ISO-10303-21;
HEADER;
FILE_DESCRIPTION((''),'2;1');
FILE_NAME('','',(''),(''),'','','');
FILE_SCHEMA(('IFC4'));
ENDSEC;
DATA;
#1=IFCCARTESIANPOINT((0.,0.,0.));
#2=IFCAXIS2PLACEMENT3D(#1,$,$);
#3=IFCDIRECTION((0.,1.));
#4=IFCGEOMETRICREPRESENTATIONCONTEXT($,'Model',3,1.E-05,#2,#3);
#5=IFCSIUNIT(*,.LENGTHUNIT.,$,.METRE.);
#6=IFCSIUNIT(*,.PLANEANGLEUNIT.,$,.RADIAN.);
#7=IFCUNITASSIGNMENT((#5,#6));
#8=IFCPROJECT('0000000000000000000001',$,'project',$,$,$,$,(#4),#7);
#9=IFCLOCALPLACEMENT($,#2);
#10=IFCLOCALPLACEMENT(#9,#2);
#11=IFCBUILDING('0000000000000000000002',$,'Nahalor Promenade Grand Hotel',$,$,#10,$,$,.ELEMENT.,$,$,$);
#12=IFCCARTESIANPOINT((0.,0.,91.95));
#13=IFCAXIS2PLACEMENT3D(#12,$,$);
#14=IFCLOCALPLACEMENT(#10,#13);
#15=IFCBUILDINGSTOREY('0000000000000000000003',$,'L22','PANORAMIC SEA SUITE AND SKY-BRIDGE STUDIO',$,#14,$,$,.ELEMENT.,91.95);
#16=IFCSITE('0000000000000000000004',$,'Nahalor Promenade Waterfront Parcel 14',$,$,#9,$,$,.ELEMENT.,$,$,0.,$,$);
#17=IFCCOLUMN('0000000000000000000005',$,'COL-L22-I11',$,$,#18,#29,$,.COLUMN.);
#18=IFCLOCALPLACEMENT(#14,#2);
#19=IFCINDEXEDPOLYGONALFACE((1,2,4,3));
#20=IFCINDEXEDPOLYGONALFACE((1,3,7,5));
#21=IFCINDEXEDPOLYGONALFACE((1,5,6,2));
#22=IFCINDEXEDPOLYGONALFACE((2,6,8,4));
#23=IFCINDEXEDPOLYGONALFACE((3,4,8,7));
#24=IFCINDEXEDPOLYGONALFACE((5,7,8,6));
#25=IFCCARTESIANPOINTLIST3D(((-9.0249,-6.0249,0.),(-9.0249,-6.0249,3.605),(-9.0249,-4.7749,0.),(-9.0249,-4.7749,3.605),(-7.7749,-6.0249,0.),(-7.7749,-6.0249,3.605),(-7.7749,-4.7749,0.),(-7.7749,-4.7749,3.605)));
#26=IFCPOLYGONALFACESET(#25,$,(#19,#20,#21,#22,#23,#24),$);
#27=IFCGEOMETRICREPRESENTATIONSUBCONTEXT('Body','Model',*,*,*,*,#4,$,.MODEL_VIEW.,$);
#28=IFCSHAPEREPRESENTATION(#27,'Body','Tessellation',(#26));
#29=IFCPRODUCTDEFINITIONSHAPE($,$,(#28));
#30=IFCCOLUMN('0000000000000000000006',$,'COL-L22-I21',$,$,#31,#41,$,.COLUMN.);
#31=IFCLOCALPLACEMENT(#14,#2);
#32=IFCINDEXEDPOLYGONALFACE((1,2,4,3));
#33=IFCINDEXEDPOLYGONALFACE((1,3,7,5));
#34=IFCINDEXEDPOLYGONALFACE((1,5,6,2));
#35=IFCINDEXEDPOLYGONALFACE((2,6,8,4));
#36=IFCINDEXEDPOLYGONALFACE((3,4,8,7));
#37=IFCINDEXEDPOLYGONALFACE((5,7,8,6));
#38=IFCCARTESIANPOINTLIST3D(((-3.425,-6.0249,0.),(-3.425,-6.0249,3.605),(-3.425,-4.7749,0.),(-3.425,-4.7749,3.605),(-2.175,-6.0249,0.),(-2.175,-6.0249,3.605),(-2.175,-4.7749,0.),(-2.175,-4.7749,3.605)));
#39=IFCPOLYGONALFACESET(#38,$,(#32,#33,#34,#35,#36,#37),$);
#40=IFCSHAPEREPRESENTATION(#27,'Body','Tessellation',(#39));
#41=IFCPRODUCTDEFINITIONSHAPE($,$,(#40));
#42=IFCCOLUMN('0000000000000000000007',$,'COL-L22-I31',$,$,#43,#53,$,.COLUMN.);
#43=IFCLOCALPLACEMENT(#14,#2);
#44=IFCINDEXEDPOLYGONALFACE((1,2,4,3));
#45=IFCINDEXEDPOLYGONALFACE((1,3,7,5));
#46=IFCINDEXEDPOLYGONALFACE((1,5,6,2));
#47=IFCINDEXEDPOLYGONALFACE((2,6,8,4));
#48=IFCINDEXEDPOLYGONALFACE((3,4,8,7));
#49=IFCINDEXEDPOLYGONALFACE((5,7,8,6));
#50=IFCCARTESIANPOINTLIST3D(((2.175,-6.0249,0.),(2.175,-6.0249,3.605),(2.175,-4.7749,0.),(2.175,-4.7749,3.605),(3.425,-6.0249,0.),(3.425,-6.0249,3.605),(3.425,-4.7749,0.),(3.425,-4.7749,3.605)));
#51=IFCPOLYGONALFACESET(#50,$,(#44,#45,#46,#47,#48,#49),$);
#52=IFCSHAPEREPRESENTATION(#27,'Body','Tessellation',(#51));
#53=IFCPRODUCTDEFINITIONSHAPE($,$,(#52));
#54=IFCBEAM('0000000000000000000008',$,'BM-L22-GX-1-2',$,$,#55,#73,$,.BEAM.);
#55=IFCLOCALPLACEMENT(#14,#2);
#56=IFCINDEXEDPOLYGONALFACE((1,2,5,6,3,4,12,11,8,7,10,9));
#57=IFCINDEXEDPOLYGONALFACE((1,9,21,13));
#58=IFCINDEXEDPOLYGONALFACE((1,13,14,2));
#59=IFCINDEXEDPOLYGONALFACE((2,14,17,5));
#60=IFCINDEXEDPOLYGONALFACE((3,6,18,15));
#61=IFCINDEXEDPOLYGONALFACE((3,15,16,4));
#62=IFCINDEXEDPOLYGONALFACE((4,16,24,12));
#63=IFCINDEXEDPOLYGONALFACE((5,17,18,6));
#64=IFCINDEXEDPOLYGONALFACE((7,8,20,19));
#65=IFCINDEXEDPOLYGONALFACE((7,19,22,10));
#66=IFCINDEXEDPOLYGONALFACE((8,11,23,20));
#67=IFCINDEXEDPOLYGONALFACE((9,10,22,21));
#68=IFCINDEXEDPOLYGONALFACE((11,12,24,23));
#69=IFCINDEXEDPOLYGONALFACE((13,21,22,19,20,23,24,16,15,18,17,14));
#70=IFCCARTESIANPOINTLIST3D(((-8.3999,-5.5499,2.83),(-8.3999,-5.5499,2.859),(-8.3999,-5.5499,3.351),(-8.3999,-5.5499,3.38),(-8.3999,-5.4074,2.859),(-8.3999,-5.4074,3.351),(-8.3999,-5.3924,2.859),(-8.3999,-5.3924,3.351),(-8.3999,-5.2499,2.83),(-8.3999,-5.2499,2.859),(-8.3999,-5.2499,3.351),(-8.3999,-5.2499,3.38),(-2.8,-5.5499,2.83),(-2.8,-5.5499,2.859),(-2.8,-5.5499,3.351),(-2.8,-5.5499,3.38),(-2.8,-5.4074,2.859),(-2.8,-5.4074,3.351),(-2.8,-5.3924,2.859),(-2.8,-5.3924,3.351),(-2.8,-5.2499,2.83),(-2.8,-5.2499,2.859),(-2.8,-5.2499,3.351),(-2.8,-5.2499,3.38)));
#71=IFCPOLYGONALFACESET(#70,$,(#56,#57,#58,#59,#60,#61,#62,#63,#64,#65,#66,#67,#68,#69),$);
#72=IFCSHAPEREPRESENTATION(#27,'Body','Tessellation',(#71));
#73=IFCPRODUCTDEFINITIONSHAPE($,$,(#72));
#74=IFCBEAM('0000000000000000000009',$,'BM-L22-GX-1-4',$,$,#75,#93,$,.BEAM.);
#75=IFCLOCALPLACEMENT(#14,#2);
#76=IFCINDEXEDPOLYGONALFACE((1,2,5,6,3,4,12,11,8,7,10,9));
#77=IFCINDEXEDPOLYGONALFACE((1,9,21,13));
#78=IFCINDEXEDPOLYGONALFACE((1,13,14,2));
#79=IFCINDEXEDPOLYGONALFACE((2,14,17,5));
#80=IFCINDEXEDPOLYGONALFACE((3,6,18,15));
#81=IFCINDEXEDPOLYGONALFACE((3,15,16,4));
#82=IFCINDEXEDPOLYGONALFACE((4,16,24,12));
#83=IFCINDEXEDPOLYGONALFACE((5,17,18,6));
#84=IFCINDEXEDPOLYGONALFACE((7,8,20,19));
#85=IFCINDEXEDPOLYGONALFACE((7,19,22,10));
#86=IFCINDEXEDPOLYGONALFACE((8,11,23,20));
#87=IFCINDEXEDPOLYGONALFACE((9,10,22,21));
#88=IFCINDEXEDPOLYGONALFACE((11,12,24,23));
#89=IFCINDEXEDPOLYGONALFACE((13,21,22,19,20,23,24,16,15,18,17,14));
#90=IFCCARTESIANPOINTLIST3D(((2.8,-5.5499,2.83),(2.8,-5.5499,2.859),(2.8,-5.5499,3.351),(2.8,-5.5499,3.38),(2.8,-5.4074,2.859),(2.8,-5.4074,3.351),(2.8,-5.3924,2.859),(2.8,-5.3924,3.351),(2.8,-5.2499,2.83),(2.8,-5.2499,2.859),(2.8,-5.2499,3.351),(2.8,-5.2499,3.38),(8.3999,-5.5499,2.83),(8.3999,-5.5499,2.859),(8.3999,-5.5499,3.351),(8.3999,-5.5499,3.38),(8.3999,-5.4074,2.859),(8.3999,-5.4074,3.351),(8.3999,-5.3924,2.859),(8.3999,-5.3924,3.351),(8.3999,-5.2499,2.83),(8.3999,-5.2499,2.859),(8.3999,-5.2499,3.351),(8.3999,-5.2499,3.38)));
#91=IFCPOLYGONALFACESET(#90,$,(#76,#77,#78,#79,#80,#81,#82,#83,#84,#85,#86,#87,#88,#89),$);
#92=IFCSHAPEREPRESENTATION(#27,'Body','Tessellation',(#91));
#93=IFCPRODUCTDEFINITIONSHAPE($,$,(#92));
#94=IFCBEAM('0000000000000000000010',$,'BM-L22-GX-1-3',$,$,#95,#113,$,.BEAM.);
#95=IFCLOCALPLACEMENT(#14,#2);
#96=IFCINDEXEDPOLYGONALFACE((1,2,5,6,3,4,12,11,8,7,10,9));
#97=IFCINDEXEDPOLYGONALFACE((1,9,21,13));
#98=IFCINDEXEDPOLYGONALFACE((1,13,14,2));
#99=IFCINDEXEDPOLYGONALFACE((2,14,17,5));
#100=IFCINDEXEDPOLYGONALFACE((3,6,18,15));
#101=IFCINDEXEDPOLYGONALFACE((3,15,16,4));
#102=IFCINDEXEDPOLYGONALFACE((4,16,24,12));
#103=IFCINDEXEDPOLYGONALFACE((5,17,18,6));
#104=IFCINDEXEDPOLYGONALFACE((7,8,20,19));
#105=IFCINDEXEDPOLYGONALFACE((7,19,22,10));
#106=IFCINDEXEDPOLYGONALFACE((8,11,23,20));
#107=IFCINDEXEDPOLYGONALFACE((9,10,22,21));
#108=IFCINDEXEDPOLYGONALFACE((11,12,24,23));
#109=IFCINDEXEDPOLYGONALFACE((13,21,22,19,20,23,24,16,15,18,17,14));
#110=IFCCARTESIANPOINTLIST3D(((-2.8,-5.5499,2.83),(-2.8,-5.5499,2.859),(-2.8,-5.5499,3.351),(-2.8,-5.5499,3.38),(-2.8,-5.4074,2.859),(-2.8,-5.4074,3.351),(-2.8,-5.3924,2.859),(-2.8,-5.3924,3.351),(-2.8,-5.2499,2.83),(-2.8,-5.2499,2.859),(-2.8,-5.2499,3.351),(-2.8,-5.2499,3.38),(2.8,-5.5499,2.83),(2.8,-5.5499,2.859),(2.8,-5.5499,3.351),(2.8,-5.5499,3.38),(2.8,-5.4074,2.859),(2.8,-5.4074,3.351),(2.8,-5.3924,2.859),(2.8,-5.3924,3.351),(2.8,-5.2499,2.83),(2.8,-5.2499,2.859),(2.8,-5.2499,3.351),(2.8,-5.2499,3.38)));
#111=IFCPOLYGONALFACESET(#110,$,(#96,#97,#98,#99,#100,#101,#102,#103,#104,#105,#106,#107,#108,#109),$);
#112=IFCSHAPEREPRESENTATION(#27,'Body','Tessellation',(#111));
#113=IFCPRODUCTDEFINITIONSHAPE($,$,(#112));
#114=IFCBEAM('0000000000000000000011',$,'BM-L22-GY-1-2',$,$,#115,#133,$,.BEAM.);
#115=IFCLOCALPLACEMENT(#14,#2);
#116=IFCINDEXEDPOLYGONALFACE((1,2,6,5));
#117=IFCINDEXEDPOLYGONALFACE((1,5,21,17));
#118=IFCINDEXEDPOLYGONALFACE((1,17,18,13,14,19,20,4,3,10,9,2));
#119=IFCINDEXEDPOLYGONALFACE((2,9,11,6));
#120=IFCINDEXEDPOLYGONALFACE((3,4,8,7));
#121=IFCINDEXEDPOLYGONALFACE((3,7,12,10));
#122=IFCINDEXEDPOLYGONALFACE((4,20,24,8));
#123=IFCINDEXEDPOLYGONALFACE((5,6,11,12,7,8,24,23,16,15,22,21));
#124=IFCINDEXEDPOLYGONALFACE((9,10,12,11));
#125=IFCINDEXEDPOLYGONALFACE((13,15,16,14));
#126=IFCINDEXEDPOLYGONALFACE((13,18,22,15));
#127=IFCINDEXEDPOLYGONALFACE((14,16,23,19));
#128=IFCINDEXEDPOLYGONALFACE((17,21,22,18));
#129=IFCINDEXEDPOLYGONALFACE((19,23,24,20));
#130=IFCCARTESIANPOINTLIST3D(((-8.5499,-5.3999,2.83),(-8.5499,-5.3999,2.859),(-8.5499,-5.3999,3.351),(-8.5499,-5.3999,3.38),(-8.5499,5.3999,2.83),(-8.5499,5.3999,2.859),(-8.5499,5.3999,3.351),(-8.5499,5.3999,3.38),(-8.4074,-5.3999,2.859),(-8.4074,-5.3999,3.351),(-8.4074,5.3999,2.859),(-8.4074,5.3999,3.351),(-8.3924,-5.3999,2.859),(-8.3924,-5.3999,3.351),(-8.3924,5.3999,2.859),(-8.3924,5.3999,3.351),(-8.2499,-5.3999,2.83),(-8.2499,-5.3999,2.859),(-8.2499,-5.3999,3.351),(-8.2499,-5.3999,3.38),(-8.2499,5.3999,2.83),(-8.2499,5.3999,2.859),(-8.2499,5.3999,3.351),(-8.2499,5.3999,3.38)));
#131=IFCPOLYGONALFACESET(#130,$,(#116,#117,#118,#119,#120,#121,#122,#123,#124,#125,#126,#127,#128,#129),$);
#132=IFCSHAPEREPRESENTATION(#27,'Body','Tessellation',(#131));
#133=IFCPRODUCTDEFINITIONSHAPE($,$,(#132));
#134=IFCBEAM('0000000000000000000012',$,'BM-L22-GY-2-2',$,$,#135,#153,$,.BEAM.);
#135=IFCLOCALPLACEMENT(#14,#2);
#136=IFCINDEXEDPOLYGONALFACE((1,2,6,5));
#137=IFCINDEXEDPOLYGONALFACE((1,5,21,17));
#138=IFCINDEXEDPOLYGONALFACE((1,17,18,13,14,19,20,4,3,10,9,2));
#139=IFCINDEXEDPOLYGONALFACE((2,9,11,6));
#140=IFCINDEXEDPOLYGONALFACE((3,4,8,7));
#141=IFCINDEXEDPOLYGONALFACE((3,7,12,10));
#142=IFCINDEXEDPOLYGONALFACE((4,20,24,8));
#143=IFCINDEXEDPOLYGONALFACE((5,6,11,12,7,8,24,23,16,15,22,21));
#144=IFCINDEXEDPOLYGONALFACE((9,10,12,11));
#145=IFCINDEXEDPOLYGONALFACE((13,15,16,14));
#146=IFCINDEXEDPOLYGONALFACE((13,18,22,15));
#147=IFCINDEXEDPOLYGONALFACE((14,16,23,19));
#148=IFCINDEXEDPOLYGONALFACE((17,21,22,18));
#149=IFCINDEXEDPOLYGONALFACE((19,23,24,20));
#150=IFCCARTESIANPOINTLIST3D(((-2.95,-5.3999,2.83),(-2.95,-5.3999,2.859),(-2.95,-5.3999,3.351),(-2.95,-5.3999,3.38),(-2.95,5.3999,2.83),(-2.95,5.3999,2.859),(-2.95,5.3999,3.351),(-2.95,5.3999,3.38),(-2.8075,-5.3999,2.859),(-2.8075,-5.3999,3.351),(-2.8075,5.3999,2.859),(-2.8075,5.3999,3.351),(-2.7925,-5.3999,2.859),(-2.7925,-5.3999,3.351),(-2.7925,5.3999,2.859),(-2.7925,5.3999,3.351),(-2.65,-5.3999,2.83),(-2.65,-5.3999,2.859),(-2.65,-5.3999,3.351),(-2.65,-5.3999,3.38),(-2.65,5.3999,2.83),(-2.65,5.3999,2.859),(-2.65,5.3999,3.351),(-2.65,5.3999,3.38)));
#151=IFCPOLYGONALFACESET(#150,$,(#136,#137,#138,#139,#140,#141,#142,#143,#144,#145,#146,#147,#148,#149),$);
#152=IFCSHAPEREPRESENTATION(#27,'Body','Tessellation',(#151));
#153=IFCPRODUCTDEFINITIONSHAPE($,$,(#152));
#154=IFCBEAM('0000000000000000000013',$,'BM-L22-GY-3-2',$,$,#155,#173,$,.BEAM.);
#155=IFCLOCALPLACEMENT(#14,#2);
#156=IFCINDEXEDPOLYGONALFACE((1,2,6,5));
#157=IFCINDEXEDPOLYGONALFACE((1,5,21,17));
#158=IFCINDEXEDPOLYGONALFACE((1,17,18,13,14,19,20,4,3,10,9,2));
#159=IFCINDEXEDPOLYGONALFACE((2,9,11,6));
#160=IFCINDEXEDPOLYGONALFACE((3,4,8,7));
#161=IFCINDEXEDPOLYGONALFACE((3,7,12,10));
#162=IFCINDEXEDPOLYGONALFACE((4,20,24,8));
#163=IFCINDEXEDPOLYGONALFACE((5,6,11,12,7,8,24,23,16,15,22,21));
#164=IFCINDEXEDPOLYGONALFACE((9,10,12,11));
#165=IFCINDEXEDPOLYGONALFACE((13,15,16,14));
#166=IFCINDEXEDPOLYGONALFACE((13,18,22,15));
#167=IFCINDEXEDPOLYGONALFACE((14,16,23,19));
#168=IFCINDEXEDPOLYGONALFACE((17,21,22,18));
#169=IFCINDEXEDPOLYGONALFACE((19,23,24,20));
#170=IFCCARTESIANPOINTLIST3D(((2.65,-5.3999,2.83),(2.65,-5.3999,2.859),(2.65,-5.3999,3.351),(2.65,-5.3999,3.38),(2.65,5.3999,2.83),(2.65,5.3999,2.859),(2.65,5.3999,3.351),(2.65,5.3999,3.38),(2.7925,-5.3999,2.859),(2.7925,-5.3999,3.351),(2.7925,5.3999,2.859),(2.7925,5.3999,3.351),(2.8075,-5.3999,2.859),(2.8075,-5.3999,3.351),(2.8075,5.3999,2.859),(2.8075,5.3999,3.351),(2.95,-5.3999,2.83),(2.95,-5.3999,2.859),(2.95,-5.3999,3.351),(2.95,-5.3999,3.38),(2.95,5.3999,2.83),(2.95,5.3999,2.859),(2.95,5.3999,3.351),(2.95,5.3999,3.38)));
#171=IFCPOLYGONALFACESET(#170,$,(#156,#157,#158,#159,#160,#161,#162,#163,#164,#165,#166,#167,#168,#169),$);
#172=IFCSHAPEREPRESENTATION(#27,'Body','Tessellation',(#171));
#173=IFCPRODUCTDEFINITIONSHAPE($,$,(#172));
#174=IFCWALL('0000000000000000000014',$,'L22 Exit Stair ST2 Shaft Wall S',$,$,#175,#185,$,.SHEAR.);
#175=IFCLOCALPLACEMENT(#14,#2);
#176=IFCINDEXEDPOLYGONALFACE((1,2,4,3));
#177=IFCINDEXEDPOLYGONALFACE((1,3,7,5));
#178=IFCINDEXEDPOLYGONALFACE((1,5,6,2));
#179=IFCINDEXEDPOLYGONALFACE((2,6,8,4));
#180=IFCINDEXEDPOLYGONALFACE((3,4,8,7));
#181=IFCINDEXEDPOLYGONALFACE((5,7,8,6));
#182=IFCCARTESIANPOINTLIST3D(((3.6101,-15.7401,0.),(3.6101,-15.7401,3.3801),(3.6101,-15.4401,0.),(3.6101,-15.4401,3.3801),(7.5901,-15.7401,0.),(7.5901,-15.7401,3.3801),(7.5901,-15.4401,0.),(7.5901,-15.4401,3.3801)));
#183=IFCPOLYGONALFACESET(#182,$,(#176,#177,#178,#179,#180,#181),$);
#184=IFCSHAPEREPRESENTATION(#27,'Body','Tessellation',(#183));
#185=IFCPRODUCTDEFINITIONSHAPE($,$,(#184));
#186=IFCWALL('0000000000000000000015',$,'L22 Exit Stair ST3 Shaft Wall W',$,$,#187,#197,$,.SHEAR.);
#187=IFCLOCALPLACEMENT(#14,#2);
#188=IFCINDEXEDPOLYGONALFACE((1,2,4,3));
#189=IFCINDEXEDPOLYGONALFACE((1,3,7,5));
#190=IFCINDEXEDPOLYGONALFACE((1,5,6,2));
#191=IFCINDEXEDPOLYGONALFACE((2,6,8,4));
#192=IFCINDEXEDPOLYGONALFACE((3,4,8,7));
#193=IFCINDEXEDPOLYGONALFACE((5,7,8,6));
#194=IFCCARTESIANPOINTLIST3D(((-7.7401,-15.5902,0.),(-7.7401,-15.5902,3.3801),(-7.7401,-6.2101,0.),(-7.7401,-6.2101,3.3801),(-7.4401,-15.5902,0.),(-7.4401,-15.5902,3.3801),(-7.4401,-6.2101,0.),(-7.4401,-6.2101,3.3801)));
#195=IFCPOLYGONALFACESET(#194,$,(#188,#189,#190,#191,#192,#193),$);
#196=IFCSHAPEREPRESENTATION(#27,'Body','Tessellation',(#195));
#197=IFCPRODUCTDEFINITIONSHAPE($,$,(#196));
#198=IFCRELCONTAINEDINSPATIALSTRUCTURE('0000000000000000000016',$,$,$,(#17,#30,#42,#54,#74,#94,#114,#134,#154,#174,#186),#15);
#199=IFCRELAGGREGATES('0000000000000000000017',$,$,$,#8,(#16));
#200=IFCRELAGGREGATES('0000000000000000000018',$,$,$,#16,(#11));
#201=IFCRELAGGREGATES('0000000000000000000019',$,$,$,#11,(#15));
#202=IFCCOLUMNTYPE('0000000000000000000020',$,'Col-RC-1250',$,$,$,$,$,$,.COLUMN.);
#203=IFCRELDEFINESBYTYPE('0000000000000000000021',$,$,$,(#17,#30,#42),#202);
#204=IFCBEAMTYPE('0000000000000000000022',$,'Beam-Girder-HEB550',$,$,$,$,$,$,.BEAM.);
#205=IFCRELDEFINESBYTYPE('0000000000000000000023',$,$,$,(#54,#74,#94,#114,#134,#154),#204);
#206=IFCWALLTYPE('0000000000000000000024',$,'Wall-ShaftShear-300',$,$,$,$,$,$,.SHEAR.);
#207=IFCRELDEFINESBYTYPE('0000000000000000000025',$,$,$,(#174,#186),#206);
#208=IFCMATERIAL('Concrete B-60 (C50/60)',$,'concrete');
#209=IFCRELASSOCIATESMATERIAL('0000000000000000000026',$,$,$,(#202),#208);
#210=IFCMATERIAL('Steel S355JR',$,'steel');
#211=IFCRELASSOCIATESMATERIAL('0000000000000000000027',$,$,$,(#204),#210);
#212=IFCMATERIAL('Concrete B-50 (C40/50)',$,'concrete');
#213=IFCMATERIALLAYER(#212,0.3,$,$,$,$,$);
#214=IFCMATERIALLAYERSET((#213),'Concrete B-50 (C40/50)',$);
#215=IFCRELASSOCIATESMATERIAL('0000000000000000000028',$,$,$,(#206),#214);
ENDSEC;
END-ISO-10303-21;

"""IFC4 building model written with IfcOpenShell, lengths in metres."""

from ifc_helpers import new_model, si_unit, direction, frame, frame_2d, origin, origin_2d, place, context, subcontext, project, spatial, rectangle, i_section, extrude, source, transform, mapped, material, layer, layer_set, material_profile, profile_set, type_object, element, save


model = new_model("IFC4")

# Units and contexts
model_context = context("Model", 3, precision=1e-05, world=origin(), true_north=direction((0.0, 1.0)))
body_context = subcontext(model_context, "Body", "Model", "MODEL_VIEW")
ifc_project = project(units=[si_unit("LENGTHUNIT", "METRE"), si_unit("PLANEANGLEUNIT", "RADIAN")], contexts=[model_context])

# Site, building, storey
site_placement = place(None, origin())
site = spatial("IfcSite", under=ifc_project, at=site_placement, Name="Nahalor Promenade Waterfront Parcel 14", CompositionType="ELEMENT", RefElevation=0.0)
building_placement = place(site_placement, origin())
building = spatial("IfcBuilding", under=site, at=building_placement, Name="Nahalor Promenade Grand Hotel", CompositionType="ELEMENT")
storey_placement = place(building_placement, frame((0.0, 0.0, 91.95)))
storey = spatial("IfcBuildingStorey", under=building, at=storey_placement, Name="L22", Description="PANORAMIC SEA SUITE AND SKY-BRIDGE STUDIO", CompositionType="ELEMENT", Elevation=91.95)

# Columns
ifc_material_1 = material(Name="Concrete B-60 (C50/60)", Category="concrete")
ifc_material_profile_1 = material_profile(ifc_material_1, rectangle(XDim=1.25, YDim=1.25, at=origin_2d()), Name="RC 1250x1250")
ifc_profile_set_1 = profile_set([ifc_material_profile_1], Name="Concrete B-60 (C50/60)")
column_type = type_object("IfcColumnType", Name="Col-RC-1250", PredefinedType="COLUMN", material=ifc_profile_set_1)
shared_shape_1 = source(origin(), body_context, "Body", "SweptSolid", [
    extrude(rectangle(XDim=1.25, YDim=1.25, at=origin_2d()), origin(), (0.0, 0.0, 1.0), 3.605),
])
for number, where, z_axis, x_axis, name in (
    (1, (-8.3999, -5.3999, 0.0), (0.0, 0.0, 1.0), (1.0, 0.0, 0.0), "COL-L22-I11"),
    (2, (-2.8, -5.3999, 0.0), (0.0, 0.0, 1.0), (1.0, 0.0, 0.0), "COL-L22-I21"),
    (3, (2.8, -5.3999, 0.0), (0.0, 0.0, 1.0), (1.0, 0.0, 0.0), "COL-L22-I31"),
):
    element("IfcColumn", number, at=place(storey_placement, frame(where, z_axis=z_axis, x_axis=x_axis)), inside=storey, type_object=column_type, Name=name, PredefinedType="COLUMN", context=body_context, shape_type="MappedRepresentation", body=[
        mapped(shared_shape_1, transform((0.0, 0.0, 0.0), scale=1.0)),
    ])

# Beams
ifc_material_2 = material(Name="Steel S355JR", Category="steel")
ifc_material_profile_2 = material_profile(ifc_material_2, i_section(OverallWidth=0.3, OverallDepth=0.55, WebThickness=0.015, FlangeThickness=0.029, at=origin_2d()), Name="HEB 550")
ifc_profile_set_2 = profile_set([ifc_material_profile_2], Name="Steel S355JR")
beam_type = type_object("IfcBeamType", Name="Beam-Girder-HEB550", PredefinedType="BEAM", material=ifc_profile_set_2)
shared_shape_2 = source(origin(), body_context, "Body", "SweptSolid", [
    extrude(i_section(OverallWidth=0.3, OverallDepth=0.55, WebThickness=0.015, FlangeThickness=0.029, at=origin_2d()), origin(), (0.0, 0.0, 1.0), 5.5999),
])
for number, where, z_axis, x_axis, name in (
    (4, (-8.3999, -5.3999, 3.105), (1.0, 0.0, 0.0), (0.0, 1.0, 0.0), "BM-L22-GX-1-2"),
    (5, (2.8, -5.3999, 3.105), (1.0, 0.0, 0.0), (0.0, 1.0, 0.0), "BM-L22-GX-1-4"),
):
    element("IfcBeam", number, at=place(storey_placement, frame(where, z_axis=z_axis, x_axis=x_axis)), inside=storey, type_object=beam_type, Name=name, PredefinedType="BEAM", context=body_context, shape_type="MappedRepresentation", body=[
        mapped(shared_shape_2, transform((0.0, 0.0, 0.0), scale=1.0)),
    ])
shared_shape_3 = source(origin(), body_context, "Body", "SweptSolid", [
    extrude(i_section(OverallWidth=0.3, OverallDepth=0.55, WebThickness=0.015, FlangeThickness=0.029, at=origin_2d()), origin(), (0.0, 0.0, 1.0), 5.6001),
])
beam_placement = place(storey_placement, frame((-2.8, -5.3999, 3.105), z_axis=(1.0, 0.0, 0.0), x_axis=(0.0, 1.0, 0.0)))
element("IfcBeam", 6, at=beam_placement, inside=storey, type_object=beam_type, Name="BM-L22-GX-1-3", PredefinedType="BEAM", context=body_context, shape_type="MappedRepresentation", body=[
    mapped(shared_shape_3, transform((0.0, 0.0, 0.0), scale=1.0)),
])
shared_shape_4 = source(origin(), body_context, "Body", "SweptSolid", [
    extrude(i_section(OverallWidth=0.3, OverallDepth=0.55, WebThickness=0.015, FlangeThickness=0.029, at=origin_2d()), origin(), (0.0, 0.0, 1.0), 10.7998),
])
for number, where, z_axis, x_axis, name in (
    (7, (-8.3999, -5.3999, 3.105), (0.0, 1.0, 0.0), (-1.0, 0.0, 0.0), "BM-L22-GY-1-2"),
    (8, (-2.8, -5.3999, 3.105), (0.0, 1.0, 0.0), (-1.0, 0.0, 0.0), "BM-L22-GY-2-2"),
    (9, (2.8, -5.3999, 3.105), (0.0, 1.0, 0.0), (-1.0, 0.0, 0.0), "BM-L22-GY-3-2"),
):
    element("IfcBeam", number, at=place(storey_placement, frame(where, z_axis=z_axis, x_axis=x_axis)), inside=storey, type_object=beam_type, Name=name, PredefinedType="BEAM", context=body_context, shape_type="MappedRepresentation", body=[
        mapped(shared_shape_4, transform((0.0, 0.0, 0.0), scale=1.0)),
    ])

# Wall
ifc_material_3 = material(Name="Concrete B-50 (C40/50)", Category="concrete")
ifc_layer_1 = layer(ifc_material_3, 0.3)
ifc_layer_set_1 = layer_set([ifc_layer_1], Name="Concrete B-50 (C40/50)")
wall_type_1 = type_object("IfcWallType", Name="Wall-ShaftShear-300", PredefinedType="SHEAR", material=ifc_layer_set_1)
shared_shape_5 = source(origin(), body_context, "Body", "SweptSolid", [
    extrude(rectangle(XDim=3.98, YDim=0.3, at=frame_2d((1.99, 0.0))), origin(), (0.0, 0.0, 1.0), 3.3801),
])
wall_1_placement = place(storey_placement, frame((3.6101, -15.5901, 0.0), z_axis=(0.0, 0.0, 1.0), x_axis=(1.0, 0.0, 0.0)))
element("IfcWall", 10, at=wall_1_placement, inside=storey, type_object=wall_type_1, Name="L22 Exit Stair ST2 Shaft Wall S", PredefinedType="SHEAR", context=body_context, shape_type="MappedRepresentation", body=[
    mapped(shared_shape_5, transform((0.0, 0.0, 0.0), scale=1.0)),
])

# Wall
shared_shape_6 = source(origin(), body_context, "Body", "SweptSolid", [
    extrude(rectangle(XDim=9.3801, YDim=0.3, at=frame_2d((4.6899, 0.0))), origin(), (0.0, 0.0, 1.0), 3.3801),
])
for number, where, z_axis, x_axis, name in (
    (11, (-7.5901, -15.5901, 0.0), (0.0, 0.0, 1.0), (0.0, 1.0, 0.0), "L22 Exit Stair ST3 Shaft Wall W"),
):
    element("IfcWall", number, at=place(storey_placement, frame(where, z_axis=z_axis, x_axis=x_axis)), inside=storey, type_object=wall_type_1, Name=name, PredefinedType="SHEAR", context=body_context, shape_type="MappedRepresentation", body=[
        mapped(shared_shape_6, transform((0.0, 0.0, 0.0), scale=1.0)),
    ])

save(model, "model.ifc")
